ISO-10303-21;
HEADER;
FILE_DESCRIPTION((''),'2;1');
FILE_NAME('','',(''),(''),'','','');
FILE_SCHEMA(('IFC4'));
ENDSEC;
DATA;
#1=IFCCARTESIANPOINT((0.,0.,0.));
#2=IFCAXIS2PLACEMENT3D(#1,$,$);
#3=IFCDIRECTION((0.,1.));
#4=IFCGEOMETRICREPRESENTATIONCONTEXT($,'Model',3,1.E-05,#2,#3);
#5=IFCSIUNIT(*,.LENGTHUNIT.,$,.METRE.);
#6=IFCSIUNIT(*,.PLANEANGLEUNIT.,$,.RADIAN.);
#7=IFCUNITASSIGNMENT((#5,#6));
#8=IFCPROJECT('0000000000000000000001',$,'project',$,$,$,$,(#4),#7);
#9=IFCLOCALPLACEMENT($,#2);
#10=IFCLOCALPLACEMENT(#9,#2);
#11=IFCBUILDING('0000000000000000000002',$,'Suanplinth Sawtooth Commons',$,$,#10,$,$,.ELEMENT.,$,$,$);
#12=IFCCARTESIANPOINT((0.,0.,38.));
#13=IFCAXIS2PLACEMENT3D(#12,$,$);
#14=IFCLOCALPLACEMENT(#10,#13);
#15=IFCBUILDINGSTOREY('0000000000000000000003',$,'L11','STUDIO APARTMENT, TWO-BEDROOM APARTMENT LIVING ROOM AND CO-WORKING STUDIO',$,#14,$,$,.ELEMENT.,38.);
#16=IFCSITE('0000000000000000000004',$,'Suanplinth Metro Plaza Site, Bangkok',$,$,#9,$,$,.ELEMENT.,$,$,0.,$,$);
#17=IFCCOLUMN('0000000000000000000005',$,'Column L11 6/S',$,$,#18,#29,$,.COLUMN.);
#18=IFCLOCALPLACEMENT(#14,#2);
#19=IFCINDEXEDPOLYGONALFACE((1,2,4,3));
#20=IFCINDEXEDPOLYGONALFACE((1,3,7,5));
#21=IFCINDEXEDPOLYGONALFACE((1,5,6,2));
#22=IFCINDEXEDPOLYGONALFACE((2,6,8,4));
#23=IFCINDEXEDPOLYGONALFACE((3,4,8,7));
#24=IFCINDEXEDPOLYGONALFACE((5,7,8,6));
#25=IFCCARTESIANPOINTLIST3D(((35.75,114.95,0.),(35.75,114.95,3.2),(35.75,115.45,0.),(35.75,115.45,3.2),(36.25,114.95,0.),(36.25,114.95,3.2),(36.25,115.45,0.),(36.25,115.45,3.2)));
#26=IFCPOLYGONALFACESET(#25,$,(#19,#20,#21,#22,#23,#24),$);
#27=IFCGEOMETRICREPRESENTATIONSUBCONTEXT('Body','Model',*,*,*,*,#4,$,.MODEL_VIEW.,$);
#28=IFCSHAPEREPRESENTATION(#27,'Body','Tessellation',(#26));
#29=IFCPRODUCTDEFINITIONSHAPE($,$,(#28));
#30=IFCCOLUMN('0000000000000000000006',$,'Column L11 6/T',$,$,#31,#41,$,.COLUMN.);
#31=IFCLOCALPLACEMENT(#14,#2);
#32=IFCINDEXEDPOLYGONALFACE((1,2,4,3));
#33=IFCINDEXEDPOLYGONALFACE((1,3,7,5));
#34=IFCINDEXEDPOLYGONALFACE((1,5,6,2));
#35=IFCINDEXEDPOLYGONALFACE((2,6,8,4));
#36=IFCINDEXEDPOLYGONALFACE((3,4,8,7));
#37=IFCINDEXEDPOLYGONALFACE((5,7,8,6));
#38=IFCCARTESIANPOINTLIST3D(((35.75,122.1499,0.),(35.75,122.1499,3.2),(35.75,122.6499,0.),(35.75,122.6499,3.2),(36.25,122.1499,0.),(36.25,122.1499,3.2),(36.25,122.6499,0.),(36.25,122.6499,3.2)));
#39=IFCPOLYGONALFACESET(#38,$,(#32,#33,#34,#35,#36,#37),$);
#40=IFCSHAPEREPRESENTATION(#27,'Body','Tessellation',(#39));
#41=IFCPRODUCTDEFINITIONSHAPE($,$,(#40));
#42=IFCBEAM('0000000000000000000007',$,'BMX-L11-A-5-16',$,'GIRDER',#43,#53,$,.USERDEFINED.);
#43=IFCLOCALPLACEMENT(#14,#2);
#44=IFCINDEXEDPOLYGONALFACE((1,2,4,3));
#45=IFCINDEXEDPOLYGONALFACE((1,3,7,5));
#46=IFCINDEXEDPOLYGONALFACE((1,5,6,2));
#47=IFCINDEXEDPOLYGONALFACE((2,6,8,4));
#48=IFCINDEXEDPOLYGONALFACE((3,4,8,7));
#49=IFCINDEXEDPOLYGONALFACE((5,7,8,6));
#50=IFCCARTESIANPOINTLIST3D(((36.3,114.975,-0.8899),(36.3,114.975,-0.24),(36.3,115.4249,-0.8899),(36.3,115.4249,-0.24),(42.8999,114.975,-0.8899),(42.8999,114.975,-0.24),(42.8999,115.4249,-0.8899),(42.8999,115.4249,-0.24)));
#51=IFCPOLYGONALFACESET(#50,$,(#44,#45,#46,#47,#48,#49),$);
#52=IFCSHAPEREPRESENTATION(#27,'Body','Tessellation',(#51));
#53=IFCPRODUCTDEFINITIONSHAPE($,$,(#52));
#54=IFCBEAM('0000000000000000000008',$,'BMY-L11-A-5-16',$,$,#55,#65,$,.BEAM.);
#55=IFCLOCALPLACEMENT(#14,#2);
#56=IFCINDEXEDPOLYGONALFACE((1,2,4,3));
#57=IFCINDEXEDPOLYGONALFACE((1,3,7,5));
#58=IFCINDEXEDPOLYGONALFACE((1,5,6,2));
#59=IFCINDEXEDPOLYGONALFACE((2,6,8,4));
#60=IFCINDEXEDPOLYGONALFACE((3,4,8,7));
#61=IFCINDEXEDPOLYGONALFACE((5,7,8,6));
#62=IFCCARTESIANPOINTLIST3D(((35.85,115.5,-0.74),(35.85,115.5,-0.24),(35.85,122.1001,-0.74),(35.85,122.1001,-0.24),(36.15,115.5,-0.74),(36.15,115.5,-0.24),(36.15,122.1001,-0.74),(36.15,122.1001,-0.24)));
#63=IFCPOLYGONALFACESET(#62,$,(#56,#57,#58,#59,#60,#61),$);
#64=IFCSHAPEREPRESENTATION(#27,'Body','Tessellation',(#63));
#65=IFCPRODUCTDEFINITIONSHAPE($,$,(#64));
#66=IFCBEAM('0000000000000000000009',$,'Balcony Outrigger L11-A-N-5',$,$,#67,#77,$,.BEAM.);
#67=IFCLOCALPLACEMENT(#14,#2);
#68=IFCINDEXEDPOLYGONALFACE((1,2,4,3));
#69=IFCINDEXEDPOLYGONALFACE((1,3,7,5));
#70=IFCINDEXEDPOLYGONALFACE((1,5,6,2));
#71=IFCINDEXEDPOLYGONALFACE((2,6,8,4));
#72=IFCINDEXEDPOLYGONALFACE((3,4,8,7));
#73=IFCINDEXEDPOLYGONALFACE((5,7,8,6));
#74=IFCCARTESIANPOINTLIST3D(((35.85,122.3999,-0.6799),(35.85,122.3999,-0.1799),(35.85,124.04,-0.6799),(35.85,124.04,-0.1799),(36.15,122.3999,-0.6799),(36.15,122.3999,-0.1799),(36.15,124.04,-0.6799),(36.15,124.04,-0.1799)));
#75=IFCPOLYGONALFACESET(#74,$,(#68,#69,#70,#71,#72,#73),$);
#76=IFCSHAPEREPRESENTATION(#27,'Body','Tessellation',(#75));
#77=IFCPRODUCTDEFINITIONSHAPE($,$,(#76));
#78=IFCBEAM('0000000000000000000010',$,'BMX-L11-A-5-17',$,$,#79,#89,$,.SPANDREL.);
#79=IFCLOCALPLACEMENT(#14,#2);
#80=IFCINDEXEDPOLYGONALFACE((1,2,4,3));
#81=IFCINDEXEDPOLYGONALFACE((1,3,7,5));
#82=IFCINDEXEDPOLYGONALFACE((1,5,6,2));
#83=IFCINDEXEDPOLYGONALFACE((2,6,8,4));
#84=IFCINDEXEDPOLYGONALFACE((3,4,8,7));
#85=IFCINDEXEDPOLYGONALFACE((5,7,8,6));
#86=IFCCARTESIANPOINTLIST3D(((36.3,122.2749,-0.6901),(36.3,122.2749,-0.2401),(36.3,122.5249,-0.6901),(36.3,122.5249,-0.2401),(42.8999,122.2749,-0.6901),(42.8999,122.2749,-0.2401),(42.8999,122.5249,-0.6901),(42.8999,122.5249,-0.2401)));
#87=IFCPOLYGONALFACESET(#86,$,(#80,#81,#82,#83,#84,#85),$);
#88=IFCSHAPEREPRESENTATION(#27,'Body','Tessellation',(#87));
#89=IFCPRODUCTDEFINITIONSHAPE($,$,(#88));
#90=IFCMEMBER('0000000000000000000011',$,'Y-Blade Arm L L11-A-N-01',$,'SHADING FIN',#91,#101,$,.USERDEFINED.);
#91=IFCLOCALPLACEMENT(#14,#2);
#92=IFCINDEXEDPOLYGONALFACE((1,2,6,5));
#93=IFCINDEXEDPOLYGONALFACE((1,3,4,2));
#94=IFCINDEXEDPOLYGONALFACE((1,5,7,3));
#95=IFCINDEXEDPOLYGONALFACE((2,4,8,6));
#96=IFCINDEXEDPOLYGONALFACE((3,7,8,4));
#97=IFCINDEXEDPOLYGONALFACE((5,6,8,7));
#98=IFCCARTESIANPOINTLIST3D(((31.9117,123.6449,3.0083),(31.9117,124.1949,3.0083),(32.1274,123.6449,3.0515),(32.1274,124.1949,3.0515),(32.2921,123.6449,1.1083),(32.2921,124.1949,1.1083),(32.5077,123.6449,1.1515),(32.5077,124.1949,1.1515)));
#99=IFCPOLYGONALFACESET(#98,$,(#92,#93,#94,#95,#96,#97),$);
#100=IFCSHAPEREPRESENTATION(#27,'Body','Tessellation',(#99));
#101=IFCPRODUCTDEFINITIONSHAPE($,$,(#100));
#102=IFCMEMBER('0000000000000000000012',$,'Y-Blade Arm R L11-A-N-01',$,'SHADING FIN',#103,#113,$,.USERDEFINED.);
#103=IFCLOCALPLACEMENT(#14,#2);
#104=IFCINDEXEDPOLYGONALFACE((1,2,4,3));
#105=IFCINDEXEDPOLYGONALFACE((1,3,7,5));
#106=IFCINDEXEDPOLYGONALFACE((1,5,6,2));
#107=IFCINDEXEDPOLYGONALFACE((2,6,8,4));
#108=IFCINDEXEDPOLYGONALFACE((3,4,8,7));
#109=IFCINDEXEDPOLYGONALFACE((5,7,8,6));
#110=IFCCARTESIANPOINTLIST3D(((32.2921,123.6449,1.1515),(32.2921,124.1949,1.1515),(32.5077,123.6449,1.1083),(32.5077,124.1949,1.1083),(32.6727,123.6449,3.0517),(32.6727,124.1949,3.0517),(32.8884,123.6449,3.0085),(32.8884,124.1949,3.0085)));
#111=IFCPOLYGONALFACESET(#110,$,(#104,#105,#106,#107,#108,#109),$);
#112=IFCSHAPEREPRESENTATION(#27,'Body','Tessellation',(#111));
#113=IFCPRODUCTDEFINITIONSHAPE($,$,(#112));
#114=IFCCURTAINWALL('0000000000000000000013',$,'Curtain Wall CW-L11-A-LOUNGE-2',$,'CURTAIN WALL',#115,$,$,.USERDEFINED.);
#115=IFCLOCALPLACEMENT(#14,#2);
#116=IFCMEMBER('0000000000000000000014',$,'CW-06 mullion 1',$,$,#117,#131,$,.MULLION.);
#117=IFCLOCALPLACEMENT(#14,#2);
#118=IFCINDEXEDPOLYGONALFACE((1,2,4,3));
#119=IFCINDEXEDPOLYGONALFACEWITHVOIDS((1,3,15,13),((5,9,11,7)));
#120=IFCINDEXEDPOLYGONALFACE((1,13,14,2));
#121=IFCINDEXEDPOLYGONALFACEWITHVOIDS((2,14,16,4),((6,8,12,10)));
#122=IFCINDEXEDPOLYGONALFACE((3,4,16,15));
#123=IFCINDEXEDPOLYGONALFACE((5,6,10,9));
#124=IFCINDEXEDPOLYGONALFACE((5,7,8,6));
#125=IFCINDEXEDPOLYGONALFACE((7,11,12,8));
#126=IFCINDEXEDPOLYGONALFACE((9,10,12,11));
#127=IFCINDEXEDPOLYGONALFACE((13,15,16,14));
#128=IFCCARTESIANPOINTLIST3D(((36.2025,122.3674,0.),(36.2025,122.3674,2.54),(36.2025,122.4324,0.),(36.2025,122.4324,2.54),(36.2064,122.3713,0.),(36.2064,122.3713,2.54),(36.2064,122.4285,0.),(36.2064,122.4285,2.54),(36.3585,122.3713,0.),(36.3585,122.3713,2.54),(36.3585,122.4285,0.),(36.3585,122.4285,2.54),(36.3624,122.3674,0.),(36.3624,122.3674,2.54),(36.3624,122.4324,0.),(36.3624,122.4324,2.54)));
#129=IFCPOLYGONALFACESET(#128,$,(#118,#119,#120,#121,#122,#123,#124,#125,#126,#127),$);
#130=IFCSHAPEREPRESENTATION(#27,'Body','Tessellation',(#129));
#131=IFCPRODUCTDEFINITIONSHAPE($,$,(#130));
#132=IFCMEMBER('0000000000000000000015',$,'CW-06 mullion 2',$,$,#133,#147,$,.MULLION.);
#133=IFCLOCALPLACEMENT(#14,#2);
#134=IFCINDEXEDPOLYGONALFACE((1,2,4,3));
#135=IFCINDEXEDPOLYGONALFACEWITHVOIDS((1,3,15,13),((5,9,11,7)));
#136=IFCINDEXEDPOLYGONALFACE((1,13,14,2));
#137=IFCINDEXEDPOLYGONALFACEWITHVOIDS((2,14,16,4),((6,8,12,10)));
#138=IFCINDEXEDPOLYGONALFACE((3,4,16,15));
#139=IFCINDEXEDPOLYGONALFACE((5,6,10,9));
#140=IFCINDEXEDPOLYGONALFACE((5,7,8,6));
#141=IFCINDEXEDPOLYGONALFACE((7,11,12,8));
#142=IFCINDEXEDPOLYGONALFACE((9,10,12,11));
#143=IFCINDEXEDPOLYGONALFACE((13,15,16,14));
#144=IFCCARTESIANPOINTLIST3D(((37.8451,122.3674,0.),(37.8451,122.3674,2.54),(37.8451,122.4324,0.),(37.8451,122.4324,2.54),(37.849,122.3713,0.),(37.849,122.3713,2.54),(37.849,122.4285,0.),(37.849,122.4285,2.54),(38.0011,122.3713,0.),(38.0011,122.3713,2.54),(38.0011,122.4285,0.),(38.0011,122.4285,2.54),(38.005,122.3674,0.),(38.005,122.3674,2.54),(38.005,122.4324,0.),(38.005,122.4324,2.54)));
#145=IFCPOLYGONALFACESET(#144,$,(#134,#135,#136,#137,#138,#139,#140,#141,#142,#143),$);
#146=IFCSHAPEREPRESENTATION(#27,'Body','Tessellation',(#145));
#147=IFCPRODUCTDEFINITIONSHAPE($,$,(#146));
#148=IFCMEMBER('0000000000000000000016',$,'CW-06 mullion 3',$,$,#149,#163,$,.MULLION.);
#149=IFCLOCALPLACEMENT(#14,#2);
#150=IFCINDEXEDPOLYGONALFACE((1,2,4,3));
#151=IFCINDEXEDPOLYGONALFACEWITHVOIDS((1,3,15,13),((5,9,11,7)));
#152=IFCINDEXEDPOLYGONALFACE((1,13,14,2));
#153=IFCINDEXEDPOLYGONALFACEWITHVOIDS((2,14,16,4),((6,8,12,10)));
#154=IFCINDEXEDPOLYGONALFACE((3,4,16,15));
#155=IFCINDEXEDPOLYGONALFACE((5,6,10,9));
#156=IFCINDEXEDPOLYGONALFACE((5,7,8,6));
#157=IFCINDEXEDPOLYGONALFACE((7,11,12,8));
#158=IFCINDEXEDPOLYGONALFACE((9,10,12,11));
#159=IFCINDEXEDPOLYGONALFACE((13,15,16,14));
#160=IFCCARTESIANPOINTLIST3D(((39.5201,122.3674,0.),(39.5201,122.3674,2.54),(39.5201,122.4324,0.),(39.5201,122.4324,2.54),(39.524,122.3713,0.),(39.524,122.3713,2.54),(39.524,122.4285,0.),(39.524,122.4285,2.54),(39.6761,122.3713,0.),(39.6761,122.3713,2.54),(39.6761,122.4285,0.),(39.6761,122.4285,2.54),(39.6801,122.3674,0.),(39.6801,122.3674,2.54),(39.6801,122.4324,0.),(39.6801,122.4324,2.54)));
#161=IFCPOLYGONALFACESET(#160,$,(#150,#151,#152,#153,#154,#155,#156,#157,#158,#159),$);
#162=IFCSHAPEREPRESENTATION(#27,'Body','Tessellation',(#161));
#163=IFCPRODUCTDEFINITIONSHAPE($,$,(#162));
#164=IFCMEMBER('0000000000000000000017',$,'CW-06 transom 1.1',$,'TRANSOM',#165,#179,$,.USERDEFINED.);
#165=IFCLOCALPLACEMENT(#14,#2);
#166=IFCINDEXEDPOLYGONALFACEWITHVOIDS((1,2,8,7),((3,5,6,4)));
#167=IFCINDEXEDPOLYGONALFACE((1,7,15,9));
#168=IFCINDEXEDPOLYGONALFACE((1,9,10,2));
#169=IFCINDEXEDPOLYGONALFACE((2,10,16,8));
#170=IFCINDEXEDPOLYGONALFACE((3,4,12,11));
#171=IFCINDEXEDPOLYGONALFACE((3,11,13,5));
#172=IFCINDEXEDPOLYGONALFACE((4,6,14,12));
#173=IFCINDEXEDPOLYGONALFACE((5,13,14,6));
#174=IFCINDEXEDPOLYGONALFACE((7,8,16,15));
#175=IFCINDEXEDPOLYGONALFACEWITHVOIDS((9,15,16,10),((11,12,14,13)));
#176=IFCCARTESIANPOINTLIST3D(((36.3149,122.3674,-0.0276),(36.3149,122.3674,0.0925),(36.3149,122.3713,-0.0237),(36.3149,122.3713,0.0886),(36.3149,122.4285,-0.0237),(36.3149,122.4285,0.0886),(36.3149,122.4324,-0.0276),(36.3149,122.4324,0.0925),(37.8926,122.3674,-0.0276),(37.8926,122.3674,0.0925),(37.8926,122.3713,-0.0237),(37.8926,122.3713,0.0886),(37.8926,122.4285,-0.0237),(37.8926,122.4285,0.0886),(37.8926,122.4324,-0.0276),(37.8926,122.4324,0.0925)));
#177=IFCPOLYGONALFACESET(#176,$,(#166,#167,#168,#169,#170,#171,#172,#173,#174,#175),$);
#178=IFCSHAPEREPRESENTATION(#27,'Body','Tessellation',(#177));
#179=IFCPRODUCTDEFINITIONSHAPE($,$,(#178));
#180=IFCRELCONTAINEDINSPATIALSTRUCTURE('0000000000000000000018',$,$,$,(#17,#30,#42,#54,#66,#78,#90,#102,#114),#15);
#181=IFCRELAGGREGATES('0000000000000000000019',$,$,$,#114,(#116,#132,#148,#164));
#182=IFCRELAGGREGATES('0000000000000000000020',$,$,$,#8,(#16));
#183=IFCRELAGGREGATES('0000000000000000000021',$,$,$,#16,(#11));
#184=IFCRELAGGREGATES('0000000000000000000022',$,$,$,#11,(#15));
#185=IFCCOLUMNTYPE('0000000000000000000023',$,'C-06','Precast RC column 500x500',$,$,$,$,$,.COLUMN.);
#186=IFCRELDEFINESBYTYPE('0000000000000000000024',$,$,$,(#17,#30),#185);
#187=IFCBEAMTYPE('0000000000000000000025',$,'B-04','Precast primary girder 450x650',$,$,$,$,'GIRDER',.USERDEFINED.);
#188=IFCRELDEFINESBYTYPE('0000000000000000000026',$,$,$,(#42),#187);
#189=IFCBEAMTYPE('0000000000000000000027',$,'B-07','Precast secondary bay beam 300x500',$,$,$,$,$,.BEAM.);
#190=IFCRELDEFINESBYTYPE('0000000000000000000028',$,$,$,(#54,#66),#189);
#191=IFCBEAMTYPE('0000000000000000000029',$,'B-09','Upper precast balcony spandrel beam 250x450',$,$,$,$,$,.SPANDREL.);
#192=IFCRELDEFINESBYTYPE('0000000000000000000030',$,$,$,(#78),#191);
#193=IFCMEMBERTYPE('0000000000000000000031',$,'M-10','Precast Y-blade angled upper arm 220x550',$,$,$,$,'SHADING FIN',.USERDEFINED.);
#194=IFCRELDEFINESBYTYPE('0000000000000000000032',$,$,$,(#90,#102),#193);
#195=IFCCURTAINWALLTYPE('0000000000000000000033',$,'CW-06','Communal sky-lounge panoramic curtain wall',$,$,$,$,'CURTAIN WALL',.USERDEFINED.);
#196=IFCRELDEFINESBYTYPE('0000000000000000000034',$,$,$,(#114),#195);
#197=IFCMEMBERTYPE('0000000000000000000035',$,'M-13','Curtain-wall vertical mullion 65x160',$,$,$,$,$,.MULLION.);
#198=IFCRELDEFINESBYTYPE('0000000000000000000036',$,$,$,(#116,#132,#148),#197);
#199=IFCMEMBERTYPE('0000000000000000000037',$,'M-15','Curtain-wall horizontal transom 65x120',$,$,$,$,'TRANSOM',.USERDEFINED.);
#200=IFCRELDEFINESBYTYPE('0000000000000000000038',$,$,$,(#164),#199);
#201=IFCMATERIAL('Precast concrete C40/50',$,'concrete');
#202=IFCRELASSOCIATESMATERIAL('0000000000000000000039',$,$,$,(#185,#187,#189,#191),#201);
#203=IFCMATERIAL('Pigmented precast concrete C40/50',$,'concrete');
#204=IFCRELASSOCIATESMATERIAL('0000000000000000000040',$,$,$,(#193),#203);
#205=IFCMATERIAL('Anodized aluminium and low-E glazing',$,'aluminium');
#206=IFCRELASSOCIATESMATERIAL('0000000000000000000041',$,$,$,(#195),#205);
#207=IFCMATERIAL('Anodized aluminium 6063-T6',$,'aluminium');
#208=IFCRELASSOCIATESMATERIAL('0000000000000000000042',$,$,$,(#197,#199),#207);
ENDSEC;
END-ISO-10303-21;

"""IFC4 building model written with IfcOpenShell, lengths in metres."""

from ifc_helpers import new_model, si_unit, direction, frame, origin, origin_2d, place, context, subcontext, project, spatial, rectangle, hollow_rectangle, extrude, material, material_profile, profile_set, type_object, element, aggregate, save


model = new_model("IFC4")

# Units and contexts
model_context = context("Model", 3, precision=1e-05, world=origin(), true_north=direction((0.0, 1.0)))
body_context = subcontext(model_context, "Body", "Model", "MODEL_VIEW")
ifc_project = project(units=[si_unit("LENGTHUNIT", "METRE"), si_unit("PLANEANGLEUNIT", "RADIAN")], contexts=[model_context])

# Site, building, storey
site_placement = place(None, origin())
site = spatial("IfcSite", under=ifc_project, at=site_placement, Name="Suanplinth Metro Plaza Site, Bangkok", CompositionType="ELEMENT", RefElevation=0.0)
building_placement = place(site_placement, origin())
building = spatial("IfcBuilding", under=site, at=building_placement, Name="Suanplinth Sawtooth Commons", CompositionType="ELEMENT")
storey_placement = place(building_placement, frame((0.0, 0.0, 38.0)))
storey = spatial("IfcBuildingStorey", under=building, at=storey_placement, Name="L11", Description="STUDIO APARTMENT, TWO-BEDROOM APARTMENT LIVING ROOM AND CO-WORKING STUDIO", CompositionType="ELEMENT", Elevation=38.0)

# Columns
ifc_material_1 = material(Name="Precast concrete C40/50", Category="concrete")
ifc_material_profile_1 = material_profile(ifc_material_1, rectangle(XDim=0.5, YDim=0.5, at=origin_2d()), Name="PC-COL 500x500")
ifc_profile_set_1 = profile_set([ifc_material_profile_1], Name="Precast concrete C40/50")
column_type = type_object("IfcColumnType", Name="C-06", Description="Precast RC column 500x500", PredefinedType="COLUMN", material=ifc_profile_set_1)
for number, where, z_axis, x_axis, name in (
    (1, (36.0, 115.2, 0.0), (0.0, 0.0, 1.0), (1.0, 0.0, 0.0), "Column L11 6/S"),
    (2, (36.0, 122.3999, 0.0), (0.0, 0.0, 1.0), (1.0, 0.0, 0.0), "Column L11 6/T"),
):
    element("IfcColumn", number, at=place(storey_placement, frame(where, z_axis=z_axis, x_axis=x_axis)), inside=storey, type_object=column_type, Name=name, PredefinedType="COLUMN", context=body_context, shape_type="SweptSolid", body=[
        extrude(rectangle(XDim=0.5, YDim=0.5, at=origin_2d()), origin(), (0.0, 0.0, 1.0), 3.2),
    ])

# Beams
ifc_material_profile_2 = material_profile(ifc_material_1, rectangle(XDim=0.45, YDim=0.6499, at=origin_2d()), Name="PC-GDR 450x650")
ifc_profile_set_2 = profile_set([ifc_material_profile_2], Name="Precast concrete C40/50")
beam_type_1 = type_object("IfcBeamType", Name="B-04", Description="Precast primary girder 450x650", ElementType="GIRDER", PredefinedType="USERDEFINED", material=ifc_profile_set_2)
beam_1_placement = place(storey_placement, frame((36.3, 115.2, -0.5649), z_axis=(1.0, 0.0, 0.0), x_axis=(0.0, 1.0, 0.0)))
element("IfcBeam", 3, at=beam_1_placement, inside=storey, type_object=beam_type_1, Name="BMX-L11-A-5-16", ObjectType="GIRDER", PredefinedType="USERDEFINED", context=body_context, shape_type="SweptSolid", body=[
    extrude(rectangle(XDim=0.45, YDim=0.6499, at=origin_2d()), origin(), (0.0, 0.0, 1.0), 6.5999),
])
ifc_material_profile_3 = material_profile(ifc_material_1, rectangle(XDim=0.3, YDim=0.5, at=origin_2d()), Name="PC-BM 300x500")
ifc_profile_set_3 = profile_set([ifc_material_profile_3], Name="Precast concrete C40/50")
beam_type_2 = type_object("IfcBeamType", Name="B-07", Description="Precast secondary bay beam 300x500", PredefinedType="BEAM", material=ifc_profile_set_3)
beam_2_placement = place(storey_placement, frame((36.0, 115.5, -0.49), z_axis=(0.0, 1.0, 0.0), x_axis=(-1.0, 0.0, 0.0)))
element("IfcBeam", 4, at=beam_2_placement, inside=storey, type_object=beam_type_2, Name="BMY-L11-A-5-16", PredefinedType="BEAM", context=body_context, shape_type="SweptSolid", body=[
    extrude(rectangle(XDim=0.3, YDim=0.5, at=origin_2d()), origin(), (0.0, 0.0, 1.0), 6.6001),
])
beam_3_placement = place(storey_placement, frame((36.0, 122.3999, -0.4299), z_axis=(0.0, 1.0, 0.0), x_axis=(-1.0, 0.0, 0.0)))
element("IfcBeam", 5, at=beam_3_placement, inside=storey, type_object=beam_type_2, Name="Balcony Outrigger L11-A-N-5", PredefinedType="BEAM", context=body_context, shape_type="SweptSolid", body=[
    extrude(rectangle(XDim=0.3, YDim=0.5, at=origin_2d()), origin(), (0.0, 0.0, 1.0), 1.6401),
])
ifc_material_profile_4 = material_profile(ifc_material_1, rectangle(XDim=0.25, YDim=0.45, at=origin_2d()), Name="PC-SP 250x450")
ifc_profile_set_4 = profile_set([ifc_material_profile_4], Name="Precast concrete C40/50")
beam_type_3 = type_object("IfcBeamType", Name="B-09", Description="Upper precast balcony spandrel beam 250x450", PredefinedType="SPANDREL", material=ifc_profile_set_4)
beam_4_placement = place(storey_placement, frame((36.3, 122.3999, -0.4651), z_axis=(1.0, 0.0, 0.0), x_axis=(0.0, 1.0, 0.0)))
element("IfcBeam", 6, at=beam_4_placement, inside=storey, type_object=beam_type_3, Name="BMX-L11-A-5-17", PredefinedType="SPANDREL", context=body_context, shape_type="SweptSolid", body=[
    extrude(rectangle(XDim=0.25, YDim=0.45, at=origin_2d()), origin(), (0.0, 0.0, 1.0), 6.5999),
])

# Members
ifc_material_2 = material(Name="Pigmented precast concrete C40/50", Category="concrete")
ifc_material_profile_5 = material_profile(ifc_material_2, rectangle(XDim=0.22, YDim=0.55, at=origin_2d()), Name="PC-FIN 220x550")
ifc_profile_set_5 = profile_set([ifc_material_profile_5], Name="Pigmented precast concrete C40/50")
member_type_1 = type_object("IfcMemberType", Name="M-10", Description="Precast Y-blade angled upper arm 220x550", ElementType="SHADING FIN", PredefinedType="USERDEFINED", material=ifc_profile_set_5)
member_1_placement = place(storey_placement, frame((32.3999, 123.9199, 1.1299), z_axis=(-0.196286, 0.0, 0.980547), x_axis=(0.980547, 0.0, 0.196286)))
element("IfcMember", 7, at=member_1_placement, inside=storey, type_object=member_type_1, Name="Y-Blade Arm L L11-A-N-01", ObjectType="SHADING FIN", PredefinedType="USERDEFINED", context=body_context, shape_type="SweptSolid", body=[
    extrude(rectangle(XDim=0.22, YDim=0.55, at=origin_2d()), origin(), (0.0, 0.0, 1.0), 1.9377),
])
member_2_placement = place(storey_placement, frame((32.3999, 123.9199, 1.1299), z_axis=(0.196407, 0.0, 0.980522), x_axis=(-0.980522, 0.0, 0.196407)))
element("IfcMember", 8, at=member_2_placement, inside=storey, type_object=member_type_1, Name="Y-Blade Arm R L11-A-N-01", ObjectType="SHADING FIN", PredefinedType="USERDEFINED", context=body_context, shape_type="SweptSolid", body=[
    extrude(rectangle(XDim=0.22, YDim=0.55, at=origin_2d()), origin(), (0.0, 0.0, 1.0), 1.938),
])

# Curtain wall, members
ifc_material_3 = material(Name="Anodized aluminium and low-E glazing", Category="aluminium")
curtain_wall_type = type_object("IfcCurtainWallType", Name="CW-06", Description="Communal sky-lounge panoramic curtain wall", ElementType="CURTAIN WALL", PredefinedType="USERDEFINED", material=ifc_material_3)
curtain_wall_placement = place(storey_placement, origin())
curtain_wall = element("IfcCurtainWall", 9, at=curtain_wall_placement, inside=storey, type_object=curtain_wall_type, Name="Curtain Wall CW-L11-A-LOUNGE-2", ObjectType="CURTAIN WALL", PredefinedType="USERDEFINED")
ifc_material_4 = material(Name="Anodized aluminium 6063-T6", Category="aluminium")
ifc_material_profile_6 = material_profile(ifc_material_4, hollow_rectangle(XDim=0.0649, YDim=0.1599, WallThickness=0.0039, at=origin_2d()), Name="ALU-MUL 65x160")
ifc_profile_set_6 = profile_set([ifc_material_profile_6], Name="Anodized aluminium 6063-T6")
member_type_2 = type_object("IfcMemberType", Name="M-13", Description="Curtain-wall vertical mullion 65x160", PredefinedType="MULLION", material=ifc_profile_set_6)
member_3_placement = place(storey_placement, frame((36.2825, 122.3999, 0.0), z_axis=(0.0, 0.0, 1.0), x_axis=(0.0, 1.0, 0.0)))
member_3 = element("IfcMember", 10, at=member_3_placement, type_object=member_type_2, Name="CW-06 mullion 1", PredefinedType="MULLION", context=body_context, shape_type="SweptSolid", body=[
    extrude(hollow_rectangle(XDim=0.0649, YDim=0.1599, WallThickness=0.0039, at=origin_2d()), origin(), (0.0, 0.0, 1.0), 2.54),
])
member_4_placement = place(storey_placement, frame((37.925, 122.3999, 0.0), z_axis=(0.0, 0.0, 1.0), x_axis=(0.0, 1.0, 0.0)))
member_4 = element("IfcMember", 11, at=member_4_placement, type_object=member_type_2, Name="CW-06 mullion 2", PredefinedType="MULLION", context=body_context, shape_type="SweptSolid", body=[
    extrude(hollow_rectangle(XDim=0.0649, YDim=0.1599, WallThickness=0.0039, at=origin_2d()), origin(), (0.0, 0.0, 1.0), 2.54),
])
member_5_placement = place(storey_placement, frame((39.6001, 122.3999, 0.0), z_axis=(0.0, 0.0, 1.0), x_axis=(0.0, 1.0, 0.0)))
member_5 = element("IfcMember", 12, at=member_5_placement, type_object=member_type_2, Name="CW-06 mullion 3", PredefinedType="MULLION", context=body_context, shape_type="SweptSolid", body=[
    extrude(hollow_rectangle(XDim=0.0649, YDim=0.1599, WallThickness=0.0039, at=origin_2d()), origin(), (0.0, 0.0, 1.0), 2.54),
])
ifc_material_profile_7 = material_profile(ifc_material_4, hollow_rectangle(XDim=0.0649, YDim=0.1201, WallThickness=0.0039, at=origin_2d()), Name="ALU-TRN 65x120")
ifc_profile_set_7 = profile_set([ifc_material_profile_7], Name="Anodized aluminium 6063-T6")
member_type_3 = type_object("IfcMemberType", Name="M-15", Description="Curtain-wall horizontal transom 65x120", ElementType="TRANSOM", PredefinedType="USERDEFINED", material=ifc_profile_set_7)
member_6_placement = place(storey_placement, frame((36.3149, 122.3999, 0.0325), z_axis=(1.0, 0.0, 0.0), x_axis=(0.0, 1.0, 0.0)))
member_6 = element("IfcMember", 13, at=member_6_placement, type_object=member_type_3, Name="CW-06 transom 1.1", ObjectType="TRANSOM", PredefinedType="USERDEFINED", context=body_context, shape_type="SweptSolid", body=[
    extrude(hollow_rectangle(XDim=0.0649, YDim=0.1201, WallThickness=0.0039, at=origin_2d()), origin(), (0.0, 0.0, 1.0), 1.5776),
])
aggregate(curtain_wall, [member_3, member_4, member_5, member_6])

save(model, "model.ifc")
